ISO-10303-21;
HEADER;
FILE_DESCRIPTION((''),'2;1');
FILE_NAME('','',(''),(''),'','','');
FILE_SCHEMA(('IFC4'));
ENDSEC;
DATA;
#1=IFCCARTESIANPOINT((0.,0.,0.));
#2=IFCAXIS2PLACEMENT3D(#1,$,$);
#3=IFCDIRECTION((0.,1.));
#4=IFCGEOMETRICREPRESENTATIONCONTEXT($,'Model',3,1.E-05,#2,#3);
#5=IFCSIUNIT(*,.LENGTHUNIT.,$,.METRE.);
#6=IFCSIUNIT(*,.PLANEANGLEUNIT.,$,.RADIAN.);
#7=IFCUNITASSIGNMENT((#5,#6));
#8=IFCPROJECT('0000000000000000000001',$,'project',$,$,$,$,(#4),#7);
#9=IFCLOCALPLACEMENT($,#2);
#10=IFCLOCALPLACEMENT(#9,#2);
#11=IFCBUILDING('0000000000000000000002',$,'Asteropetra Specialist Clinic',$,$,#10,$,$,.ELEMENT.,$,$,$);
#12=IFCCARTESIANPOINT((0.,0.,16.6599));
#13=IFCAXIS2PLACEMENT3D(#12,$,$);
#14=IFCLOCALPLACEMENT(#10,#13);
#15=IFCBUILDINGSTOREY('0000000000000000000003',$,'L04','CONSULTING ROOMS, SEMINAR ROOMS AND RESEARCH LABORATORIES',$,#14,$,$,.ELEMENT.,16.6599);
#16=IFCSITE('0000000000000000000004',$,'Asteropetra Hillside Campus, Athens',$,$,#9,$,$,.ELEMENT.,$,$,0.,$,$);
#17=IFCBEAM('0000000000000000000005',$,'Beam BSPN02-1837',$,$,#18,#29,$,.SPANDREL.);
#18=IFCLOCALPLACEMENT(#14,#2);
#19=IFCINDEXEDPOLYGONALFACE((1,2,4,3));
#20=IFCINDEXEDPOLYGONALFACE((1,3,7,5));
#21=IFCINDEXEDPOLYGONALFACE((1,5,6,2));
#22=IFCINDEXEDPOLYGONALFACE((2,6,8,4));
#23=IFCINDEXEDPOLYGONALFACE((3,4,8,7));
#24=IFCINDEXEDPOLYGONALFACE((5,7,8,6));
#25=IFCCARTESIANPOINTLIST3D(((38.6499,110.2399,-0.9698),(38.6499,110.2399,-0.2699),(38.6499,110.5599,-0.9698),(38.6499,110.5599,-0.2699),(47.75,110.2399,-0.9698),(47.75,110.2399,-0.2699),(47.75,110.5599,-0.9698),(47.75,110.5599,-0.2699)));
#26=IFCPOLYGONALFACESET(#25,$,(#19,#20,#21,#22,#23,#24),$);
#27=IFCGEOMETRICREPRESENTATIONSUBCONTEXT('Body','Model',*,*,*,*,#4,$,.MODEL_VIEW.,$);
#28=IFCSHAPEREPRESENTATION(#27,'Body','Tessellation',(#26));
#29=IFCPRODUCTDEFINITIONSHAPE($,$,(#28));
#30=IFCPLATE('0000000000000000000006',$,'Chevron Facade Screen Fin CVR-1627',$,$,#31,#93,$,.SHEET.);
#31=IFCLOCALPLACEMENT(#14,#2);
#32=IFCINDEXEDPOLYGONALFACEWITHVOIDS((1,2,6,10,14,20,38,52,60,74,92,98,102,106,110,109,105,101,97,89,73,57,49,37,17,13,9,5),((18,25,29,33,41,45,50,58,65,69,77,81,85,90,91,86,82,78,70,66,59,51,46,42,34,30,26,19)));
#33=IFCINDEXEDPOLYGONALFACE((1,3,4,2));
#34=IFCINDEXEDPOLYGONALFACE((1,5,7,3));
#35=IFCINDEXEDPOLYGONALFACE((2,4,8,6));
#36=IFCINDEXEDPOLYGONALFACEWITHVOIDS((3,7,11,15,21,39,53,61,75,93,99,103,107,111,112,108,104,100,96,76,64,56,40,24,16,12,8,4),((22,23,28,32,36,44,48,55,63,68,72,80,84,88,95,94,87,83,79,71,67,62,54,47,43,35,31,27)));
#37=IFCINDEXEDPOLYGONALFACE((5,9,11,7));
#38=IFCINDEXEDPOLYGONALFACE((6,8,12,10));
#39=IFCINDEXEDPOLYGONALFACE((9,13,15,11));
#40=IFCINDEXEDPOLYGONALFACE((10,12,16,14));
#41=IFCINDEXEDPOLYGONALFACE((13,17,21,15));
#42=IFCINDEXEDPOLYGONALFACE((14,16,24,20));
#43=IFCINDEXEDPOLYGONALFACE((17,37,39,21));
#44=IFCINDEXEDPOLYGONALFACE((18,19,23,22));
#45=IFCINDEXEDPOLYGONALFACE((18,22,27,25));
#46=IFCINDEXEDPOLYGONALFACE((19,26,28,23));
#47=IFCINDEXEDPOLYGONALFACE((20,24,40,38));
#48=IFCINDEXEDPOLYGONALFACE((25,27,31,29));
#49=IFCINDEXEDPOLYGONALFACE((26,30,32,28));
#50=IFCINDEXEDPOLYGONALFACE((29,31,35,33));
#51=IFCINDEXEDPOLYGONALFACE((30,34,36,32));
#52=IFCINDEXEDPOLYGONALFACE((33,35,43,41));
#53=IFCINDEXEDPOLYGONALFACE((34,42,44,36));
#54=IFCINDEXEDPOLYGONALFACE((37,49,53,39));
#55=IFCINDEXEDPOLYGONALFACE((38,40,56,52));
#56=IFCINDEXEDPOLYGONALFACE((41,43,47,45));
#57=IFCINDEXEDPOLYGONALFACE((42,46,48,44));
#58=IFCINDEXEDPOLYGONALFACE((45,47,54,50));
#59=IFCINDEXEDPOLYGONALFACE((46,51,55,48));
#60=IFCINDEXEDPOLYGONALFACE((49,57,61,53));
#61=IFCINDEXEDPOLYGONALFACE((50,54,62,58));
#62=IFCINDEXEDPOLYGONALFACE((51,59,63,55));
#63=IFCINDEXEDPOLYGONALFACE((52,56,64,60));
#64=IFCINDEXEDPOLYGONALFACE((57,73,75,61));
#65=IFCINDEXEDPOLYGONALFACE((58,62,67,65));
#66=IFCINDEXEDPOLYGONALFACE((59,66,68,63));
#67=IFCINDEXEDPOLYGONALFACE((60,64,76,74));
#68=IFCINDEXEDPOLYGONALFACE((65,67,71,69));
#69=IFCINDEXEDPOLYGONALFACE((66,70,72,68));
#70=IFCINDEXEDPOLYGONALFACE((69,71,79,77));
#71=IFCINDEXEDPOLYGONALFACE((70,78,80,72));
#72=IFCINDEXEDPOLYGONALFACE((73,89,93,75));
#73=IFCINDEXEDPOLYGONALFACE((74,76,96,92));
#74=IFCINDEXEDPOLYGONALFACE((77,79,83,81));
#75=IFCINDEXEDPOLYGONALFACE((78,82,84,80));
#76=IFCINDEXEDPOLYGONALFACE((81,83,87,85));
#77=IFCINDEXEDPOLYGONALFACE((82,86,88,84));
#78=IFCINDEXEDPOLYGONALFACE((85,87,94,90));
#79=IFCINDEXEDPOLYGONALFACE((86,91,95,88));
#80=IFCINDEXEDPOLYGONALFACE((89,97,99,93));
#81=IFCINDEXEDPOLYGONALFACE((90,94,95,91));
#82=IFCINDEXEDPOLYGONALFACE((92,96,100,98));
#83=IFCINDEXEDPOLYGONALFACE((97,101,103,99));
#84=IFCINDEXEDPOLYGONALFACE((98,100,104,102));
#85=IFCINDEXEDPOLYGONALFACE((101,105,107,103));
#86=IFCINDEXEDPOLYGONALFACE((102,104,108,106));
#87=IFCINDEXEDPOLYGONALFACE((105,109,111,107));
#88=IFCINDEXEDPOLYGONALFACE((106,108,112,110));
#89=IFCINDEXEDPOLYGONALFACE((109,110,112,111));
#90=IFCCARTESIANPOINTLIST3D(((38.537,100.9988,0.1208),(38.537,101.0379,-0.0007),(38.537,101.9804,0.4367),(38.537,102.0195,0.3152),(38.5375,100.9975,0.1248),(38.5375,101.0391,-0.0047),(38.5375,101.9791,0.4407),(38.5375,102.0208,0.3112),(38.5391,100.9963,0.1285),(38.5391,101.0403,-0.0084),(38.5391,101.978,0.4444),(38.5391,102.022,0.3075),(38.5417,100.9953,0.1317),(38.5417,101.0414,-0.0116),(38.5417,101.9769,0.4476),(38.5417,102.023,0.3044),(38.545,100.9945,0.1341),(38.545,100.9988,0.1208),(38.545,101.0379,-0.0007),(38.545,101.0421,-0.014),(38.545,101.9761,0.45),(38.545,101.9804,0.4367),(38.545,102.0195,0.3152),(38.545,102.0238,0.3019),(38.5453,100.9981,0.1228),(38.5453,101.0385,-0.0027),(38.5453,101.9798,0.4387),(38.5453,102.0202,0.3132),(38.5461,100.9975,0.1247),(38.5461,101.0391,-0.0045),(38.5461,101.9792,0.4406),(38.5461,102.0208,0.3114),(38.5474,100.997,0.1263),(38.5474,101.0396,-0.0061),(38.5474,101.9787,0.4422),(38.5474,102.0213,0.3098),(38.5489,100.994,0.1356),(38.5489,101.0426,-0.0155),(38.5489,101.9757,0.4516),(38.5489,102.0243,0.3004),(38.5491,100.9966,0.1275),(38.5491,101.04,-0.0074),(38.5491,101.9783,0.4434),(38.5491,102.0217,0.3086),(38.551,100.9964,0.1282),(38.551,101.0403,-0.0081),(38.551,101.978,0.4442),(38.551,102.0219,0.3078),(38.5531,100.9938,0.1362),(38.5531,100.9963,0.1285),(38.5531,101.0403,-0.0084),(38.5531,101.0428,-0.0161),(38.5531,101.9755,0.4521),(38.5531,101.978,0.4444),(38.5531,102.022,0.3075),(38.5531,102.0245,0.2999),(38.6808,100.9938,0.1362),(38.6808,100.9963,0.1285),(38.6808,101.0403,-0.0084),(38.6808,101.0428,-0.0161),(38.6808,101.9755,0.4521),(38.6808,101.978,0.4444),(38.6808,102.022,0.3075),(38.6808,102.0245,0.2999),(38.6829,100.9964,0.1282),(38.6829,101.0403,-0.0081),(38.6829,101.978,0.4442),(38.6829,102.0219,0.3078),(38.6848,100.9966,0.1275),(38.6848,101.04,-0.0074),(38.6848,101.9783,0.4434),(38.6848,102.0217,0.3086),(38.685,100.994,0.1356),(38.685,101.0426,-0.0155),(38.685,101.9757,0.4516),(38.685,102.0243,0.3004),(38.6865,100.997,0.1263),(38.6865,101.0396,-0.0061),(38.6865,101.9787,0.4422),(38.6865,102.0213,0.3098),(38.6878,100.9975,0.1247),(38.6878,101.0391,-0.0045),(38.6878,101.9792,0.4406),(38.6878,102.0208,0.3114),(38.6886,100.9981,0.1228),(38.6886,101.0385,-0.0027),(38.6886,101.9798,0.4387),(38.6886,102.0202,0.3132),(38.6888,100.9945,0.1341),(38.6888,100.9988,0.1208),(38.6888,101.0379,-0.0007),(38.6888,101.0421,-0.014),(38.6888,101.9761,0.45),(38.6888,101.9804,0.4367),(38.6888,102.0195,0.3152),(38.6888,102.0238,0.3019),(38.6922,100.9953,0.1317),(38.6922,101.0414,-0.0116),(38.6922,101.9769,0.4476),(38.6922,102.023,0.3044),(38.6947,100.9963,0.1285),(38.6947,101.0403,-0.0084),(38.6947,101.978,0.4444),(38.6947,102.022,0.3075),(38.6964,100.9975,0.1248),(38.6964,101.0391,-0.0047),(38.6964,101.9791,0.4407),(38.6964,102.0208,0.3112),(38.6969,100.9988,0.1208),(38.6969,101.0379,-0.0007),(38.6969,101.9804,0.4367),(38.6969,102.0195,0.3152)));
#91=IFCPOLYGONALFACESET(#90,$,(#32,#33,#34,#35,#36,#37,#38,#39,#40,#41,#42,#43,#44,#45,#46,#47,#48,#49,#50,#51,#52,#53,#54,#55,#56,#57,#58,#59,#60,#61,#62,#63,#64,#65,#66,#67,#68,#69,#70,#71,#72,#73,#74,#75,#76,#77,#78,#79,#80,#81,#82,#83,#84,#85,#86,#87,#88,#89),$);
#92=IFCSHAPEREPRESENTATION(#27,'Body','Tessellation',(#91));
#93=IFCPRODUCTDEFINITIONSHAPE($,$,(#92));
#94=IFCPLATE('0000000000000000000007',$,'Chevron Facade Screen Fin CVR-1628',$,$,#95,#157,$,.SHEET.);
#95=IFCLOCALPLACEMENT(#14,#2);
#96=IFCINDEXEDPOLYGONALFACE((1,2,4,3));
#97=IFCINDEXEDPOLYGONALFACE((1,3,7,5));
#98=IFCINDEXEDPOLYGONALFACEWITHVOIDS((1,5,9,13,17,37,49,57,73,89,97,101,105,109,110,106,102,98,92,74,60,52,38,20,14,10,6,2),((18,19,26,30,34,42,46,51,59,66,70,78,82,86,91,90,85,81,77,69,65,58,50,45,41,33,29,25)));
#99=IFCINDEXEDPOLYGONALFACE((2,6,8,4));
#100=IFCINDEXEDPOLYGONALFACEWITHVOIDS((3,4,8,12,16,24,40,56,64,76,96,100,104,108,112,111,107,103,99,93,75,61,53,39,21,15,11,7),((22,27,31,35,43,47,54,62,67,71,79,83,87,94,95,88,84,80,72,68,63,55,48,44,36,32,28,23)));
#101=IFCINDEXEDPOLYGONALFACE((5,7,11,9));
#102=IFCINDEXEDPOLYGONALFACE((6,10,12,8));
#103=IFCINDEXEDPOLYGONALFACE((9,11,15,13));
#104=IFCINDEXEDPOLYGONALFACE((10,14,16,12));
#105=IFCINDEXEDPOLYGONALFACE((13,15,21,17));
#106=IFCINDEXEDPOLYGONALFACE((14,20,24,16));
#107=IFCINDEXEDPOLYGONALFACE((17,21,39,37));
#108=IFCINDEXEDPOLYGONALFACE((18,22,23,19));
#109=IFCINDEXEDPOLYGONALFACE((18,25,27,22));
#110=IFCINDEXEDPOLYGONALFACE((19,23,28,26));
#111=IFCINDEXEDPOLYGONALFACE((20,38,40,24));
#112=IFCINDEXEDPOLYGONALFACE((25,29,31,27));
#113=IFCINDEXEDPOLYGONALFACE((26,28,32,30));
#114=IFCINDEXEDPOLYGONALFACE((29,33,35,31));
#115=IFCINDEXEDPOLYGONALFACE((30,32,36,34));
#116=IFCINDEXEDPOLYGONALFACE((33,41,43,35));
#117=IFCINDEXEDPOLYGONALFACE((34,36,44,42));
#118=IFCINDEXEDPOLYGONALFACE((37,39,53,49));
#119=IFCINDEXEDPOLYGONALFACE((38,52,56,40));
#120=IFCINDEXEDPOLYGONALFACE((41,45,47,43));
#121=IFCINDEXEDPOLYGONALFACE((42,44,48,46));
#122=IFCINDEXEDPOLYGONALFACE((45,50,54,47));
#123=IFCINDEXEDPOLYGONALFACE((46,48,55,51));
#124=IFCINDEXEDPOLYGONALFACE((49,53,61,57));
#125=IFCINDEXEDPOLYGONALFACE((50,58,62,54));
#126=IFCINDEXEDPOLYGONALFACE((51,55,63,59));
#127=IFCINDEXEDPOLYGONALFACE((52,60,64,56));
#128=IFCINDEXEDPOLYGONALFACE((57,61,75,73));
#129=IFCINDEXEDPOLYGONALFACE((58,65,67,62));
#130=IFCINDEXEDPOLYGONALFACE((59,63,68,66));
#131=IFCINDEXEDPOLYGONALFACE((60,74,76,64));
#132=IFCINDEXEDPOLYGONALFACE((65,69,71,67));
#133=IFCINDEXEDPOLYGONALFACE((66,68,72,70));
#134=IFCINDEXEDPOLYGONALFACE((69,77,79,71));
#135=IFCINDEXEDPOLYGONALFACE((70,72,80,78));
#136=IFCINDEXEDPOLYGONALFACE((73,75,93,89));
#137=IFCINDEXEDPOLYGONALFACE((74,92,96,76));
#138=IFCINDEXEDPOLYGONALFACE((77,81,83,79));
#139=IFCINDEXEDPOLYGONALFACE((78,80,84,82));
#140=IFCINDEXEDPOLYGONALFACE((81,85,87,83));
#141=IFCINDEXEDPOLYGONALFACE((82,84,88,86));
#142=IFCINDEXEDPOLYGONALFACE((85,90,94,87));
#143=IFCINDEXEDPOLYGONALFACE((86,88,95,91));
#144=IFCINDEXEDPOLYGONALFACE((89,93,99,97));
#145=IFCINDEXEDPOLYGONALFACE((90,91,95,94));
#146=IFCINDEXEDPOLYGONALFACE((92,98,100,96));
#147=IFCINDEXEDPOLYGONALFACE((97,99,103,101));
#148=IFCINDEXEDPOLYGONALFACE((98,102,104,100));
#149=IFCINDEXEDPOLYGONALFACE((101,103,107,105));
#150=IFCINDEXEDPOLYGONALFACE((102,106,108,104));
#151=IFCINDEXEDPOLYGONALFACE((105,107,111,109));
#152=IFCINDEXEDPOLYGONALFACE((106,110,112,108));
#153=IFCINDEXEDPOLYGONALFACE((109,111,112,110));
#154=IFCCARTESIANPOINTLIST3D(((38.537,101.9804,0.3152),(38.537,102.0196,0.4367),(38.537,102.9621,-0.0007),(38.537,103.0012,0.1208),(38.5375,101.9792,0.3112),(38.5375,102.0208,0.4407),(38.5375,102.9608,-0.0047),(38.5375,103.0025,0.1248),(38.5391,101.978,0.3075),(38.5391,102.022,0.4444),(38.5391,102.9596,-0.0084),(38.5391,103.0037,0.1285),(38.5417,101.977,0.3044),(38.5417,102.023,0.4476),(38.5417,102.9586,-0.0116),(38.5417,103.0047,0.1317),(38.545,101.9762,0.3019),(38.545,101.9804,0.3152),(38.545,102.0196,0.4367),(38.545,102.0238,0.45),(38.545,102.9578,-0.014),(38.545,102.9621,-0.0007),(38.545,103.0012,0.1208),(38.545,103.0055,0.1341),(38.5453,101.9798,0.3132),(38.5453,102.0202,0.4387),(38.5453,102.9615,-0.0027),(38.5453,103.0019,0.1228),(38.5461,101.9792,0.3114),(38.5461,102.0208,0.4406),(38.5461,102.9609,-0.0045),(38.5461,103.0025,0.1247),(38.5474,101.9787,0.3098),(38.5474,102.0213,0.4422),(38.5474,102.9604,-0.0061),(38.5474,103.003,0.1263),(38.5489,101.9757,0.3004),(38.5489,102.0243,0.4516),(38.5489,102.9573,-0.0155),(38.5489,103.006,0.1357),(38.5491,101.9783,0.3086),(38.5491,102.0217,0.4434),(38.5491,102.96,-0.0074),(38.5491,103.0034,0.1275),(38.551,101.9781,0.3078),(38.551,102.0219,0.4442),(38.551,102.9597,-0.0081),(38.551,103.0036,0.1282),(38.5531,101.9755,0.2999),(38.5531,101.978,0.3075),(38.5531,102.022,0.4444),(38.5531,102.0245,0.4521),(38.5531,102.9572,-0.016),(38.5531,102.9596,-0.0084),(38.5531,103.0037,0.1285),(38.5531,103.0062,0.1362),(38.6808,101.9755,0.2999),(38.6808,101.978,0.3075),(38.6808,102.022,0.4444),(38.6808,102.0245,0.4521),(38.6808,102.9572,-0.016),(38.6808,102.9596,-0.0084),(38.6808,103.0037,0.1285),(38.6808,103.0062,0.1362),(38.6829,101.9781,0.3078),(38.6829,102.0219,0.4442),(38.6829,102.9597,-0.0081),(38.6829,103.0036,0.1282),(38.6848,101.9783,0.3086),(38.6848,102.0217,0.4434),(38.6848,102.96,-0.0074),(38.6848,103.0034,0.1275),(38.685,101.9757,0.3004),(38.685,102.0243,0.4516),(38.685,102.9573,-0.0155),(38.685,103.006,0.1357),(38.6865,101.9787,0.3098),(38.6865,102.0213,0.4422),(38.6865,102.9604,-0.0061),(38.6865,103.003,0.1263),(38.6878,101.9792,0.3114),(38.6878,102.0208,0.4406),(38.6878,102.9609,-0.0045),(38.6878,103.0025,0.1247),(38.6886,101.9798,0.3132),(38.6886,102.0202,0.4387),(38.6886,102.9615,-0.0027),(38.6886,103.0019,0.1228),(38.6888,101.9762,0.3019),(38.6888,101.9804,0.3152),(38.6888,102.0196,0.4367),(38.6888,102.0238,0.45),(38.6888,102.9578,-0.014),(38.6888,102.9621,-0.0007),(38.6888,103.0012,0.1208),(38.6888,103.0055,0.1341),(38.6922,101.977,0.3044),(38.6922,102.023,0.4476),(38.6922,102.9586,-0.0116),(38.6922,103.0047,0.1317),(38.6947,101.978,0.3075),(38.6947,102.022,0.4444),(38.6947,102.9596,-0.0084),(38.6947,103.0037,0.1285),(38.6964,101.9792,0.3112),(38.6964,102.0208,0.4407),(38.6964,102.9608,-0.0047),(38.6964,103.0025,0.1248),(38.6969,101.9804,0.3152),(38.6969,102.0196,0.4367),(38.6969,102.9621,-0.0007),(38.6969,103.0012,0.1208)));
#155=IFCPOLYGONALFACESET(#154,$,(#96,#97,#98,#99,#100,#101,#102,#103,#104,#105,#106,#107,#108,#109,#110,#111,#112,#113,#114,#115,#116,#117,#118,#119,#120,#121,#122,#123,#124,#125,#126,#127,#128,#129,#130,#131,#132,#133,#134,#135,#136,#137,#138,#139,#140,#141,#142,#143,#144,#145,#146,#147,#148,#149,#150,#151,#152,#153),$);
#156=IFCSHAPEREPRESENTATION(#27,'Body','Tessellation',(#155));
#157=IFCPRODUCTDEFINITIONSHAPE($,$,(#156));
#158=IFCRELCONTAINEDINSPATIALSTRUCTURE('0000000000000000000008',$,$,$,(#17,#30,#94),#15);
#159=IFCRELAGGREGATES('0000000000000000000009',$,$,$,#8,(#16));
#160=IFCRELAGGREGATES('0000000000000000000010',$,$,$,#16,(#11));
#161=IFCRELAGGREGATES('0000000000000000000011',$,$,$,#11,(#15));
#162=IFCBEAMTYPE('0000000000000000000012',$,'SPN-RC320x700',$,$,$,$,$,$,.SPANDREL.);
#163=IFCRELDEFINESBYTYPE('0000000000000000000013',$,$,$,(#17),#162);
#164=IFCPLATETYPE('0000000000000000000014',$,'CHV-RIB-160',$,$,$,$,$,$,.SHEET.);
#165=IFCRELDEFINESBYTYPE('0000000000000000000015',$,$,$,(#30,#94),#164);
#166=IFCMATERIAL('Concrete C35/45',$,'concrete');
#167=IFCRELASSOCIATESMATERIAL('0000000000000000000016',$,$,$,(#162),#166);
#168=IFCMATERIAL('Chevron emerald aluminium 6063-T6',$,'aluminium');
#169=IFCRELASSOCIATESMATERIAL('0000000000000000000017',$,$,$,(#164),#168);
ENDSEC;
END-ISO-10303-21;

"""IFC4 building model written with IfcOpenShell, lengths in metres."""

from ifc_helpers import new_model, si_unit, direction, frame, origin, origin_2d, place, context, subcontext, project, spatial, rectangle, hollow_rectangle, extrude, material, material_profile, profile_set, type_object, element, save


model = new_model("IFC4")

# Units and contexts
model_context = context("Model", 3, precision=1e-05, world=origin(), true_north=direction((0.0, 1.0)))
body_context = subcontext(model_context, "Body", "Model", "MODEL_VIEW")
ifc_project = project(units=[si_unit("LENGTHUNIT", "METRE"), si_unit("PLANEANGLEUNIT", "RADIAN")], contexts=[model_context])

# Site, building, storey
site_placement = place(None, origin())
site = spatial("IfcSite", under=ifc_project, at=site_placement, Name="Asteropetra Hillside Campus, Athens", CompositionType="ELEMENT", RefElevation=0.0)
building_placement = place(site_placement, origin())
building = spatial("IfcBuilding", under=site, at=building_placement, Name="Asteropetra Specialist Clinic", CompositionType="ELEMENT")
storey_placement = place(building_placement, frame((0.0, 0.0, 16.6599)))
storey = spatial("IfcBuildingStorey", under=building, at=storey_placement, Name="L04", Description="CONSULTING ROOMS, SEMINAR ROOMS AND RESEARCH LABORATORIES", CompositionType="ELEMENT", Elevation=16.6599)

# Beam
ifc_material_1 = material(Name="Concrete C35/45", Category="concrete")
ifc_material_profile_1 = material_profile(ifc_material_1, rectangle(XDim=0.3201, YDim=0.7, at=origin_2d()), Name="RCS 320x700")
ifc_profile_set_1 = profile_set([ifc_material_profile_1], Name="Concrete C35/45")
beam_type = type_object("IfcBeamType", Name="SPN-RC320x700", PredefinedType="SPANDREL", material=ifc_profile_set_1)
beam_placement = place(storey_placement, frame((38.6499, 110.3999, -0.6199), z_axis=(1.0, 0.0, 0.0), x_axis=(0.0, 1.0, 0.0)))
element("IfcBeam", 1, at=beam_placement, inside=storey, type_object=beam_type, Name="Beam BSPN02-1837", PredefinedType="SPANDREL", context=body_context, shape_type="SweptSolid", body=[
    extrude(rectangle(XDim=0.3201, YDim=0.7, at=origin_2d()), origin(), (0.0, 0.0, 1.0), 9.1001),
])

# Plates
ifc_material_2 = material(Name="Chevron emerald aluminium 6063-T6", Category="aluminium")
ifc_material_profile_2 = material_profile(ifc_material_2, hollow_rectangle(XDim=0.1599, YDim=0.1599, WallThickness=0.0081, InnerFilletRadius=0.0081, OuterFilletRadius=0.0161, at=origin_2d()), Name="SHS 160x160x8.0")
ifc_profile_set_2 = profile_set([ifc_material_profile_2], Name="Chevron emerald aluminium 6063-T6")
plate_type = type_object("IfcPlateType", Name="CHV-RIB-160", PredefinedType="SHEET", material=ifc_profile_set_2)
for number, where, z_axis, x_axis, name in (
    (2, (38.6169, 101.0183, 0.0601), (0.0, 0.951923, 0.306339), (-1.0, 0.0, 0.0), "Chevron Facade Screen Fin CVR-1627"),
    (3, (38.6169, 102.0, 0.376), (0.0, 0.951923, -0.306339), (-1.0, 0.0, 0.0), "Chevron Facade Screen Fin CVR-1628"),
):
    element("IfcPlate", number, at=place(storey_placement, frame(where, z_axis=z_axis, x_axis=x_axis)), inside=storey, type_object=plate_type, Name=name, PredefinedType="SHEET", context=body_context, shape_type="SweptSolid", body=[
        extrude(hollow_rectangle(XDim=0.1599, YDim=0.1599, WallThickness=0.0081, InnerFilletRadius=0.0081, OuterFilletRadius=0.0161, at=origin_2d()), origin(), (0.0, 0.0, 1.0), 1.0312),
    ])

save(model, "model.ifc")
